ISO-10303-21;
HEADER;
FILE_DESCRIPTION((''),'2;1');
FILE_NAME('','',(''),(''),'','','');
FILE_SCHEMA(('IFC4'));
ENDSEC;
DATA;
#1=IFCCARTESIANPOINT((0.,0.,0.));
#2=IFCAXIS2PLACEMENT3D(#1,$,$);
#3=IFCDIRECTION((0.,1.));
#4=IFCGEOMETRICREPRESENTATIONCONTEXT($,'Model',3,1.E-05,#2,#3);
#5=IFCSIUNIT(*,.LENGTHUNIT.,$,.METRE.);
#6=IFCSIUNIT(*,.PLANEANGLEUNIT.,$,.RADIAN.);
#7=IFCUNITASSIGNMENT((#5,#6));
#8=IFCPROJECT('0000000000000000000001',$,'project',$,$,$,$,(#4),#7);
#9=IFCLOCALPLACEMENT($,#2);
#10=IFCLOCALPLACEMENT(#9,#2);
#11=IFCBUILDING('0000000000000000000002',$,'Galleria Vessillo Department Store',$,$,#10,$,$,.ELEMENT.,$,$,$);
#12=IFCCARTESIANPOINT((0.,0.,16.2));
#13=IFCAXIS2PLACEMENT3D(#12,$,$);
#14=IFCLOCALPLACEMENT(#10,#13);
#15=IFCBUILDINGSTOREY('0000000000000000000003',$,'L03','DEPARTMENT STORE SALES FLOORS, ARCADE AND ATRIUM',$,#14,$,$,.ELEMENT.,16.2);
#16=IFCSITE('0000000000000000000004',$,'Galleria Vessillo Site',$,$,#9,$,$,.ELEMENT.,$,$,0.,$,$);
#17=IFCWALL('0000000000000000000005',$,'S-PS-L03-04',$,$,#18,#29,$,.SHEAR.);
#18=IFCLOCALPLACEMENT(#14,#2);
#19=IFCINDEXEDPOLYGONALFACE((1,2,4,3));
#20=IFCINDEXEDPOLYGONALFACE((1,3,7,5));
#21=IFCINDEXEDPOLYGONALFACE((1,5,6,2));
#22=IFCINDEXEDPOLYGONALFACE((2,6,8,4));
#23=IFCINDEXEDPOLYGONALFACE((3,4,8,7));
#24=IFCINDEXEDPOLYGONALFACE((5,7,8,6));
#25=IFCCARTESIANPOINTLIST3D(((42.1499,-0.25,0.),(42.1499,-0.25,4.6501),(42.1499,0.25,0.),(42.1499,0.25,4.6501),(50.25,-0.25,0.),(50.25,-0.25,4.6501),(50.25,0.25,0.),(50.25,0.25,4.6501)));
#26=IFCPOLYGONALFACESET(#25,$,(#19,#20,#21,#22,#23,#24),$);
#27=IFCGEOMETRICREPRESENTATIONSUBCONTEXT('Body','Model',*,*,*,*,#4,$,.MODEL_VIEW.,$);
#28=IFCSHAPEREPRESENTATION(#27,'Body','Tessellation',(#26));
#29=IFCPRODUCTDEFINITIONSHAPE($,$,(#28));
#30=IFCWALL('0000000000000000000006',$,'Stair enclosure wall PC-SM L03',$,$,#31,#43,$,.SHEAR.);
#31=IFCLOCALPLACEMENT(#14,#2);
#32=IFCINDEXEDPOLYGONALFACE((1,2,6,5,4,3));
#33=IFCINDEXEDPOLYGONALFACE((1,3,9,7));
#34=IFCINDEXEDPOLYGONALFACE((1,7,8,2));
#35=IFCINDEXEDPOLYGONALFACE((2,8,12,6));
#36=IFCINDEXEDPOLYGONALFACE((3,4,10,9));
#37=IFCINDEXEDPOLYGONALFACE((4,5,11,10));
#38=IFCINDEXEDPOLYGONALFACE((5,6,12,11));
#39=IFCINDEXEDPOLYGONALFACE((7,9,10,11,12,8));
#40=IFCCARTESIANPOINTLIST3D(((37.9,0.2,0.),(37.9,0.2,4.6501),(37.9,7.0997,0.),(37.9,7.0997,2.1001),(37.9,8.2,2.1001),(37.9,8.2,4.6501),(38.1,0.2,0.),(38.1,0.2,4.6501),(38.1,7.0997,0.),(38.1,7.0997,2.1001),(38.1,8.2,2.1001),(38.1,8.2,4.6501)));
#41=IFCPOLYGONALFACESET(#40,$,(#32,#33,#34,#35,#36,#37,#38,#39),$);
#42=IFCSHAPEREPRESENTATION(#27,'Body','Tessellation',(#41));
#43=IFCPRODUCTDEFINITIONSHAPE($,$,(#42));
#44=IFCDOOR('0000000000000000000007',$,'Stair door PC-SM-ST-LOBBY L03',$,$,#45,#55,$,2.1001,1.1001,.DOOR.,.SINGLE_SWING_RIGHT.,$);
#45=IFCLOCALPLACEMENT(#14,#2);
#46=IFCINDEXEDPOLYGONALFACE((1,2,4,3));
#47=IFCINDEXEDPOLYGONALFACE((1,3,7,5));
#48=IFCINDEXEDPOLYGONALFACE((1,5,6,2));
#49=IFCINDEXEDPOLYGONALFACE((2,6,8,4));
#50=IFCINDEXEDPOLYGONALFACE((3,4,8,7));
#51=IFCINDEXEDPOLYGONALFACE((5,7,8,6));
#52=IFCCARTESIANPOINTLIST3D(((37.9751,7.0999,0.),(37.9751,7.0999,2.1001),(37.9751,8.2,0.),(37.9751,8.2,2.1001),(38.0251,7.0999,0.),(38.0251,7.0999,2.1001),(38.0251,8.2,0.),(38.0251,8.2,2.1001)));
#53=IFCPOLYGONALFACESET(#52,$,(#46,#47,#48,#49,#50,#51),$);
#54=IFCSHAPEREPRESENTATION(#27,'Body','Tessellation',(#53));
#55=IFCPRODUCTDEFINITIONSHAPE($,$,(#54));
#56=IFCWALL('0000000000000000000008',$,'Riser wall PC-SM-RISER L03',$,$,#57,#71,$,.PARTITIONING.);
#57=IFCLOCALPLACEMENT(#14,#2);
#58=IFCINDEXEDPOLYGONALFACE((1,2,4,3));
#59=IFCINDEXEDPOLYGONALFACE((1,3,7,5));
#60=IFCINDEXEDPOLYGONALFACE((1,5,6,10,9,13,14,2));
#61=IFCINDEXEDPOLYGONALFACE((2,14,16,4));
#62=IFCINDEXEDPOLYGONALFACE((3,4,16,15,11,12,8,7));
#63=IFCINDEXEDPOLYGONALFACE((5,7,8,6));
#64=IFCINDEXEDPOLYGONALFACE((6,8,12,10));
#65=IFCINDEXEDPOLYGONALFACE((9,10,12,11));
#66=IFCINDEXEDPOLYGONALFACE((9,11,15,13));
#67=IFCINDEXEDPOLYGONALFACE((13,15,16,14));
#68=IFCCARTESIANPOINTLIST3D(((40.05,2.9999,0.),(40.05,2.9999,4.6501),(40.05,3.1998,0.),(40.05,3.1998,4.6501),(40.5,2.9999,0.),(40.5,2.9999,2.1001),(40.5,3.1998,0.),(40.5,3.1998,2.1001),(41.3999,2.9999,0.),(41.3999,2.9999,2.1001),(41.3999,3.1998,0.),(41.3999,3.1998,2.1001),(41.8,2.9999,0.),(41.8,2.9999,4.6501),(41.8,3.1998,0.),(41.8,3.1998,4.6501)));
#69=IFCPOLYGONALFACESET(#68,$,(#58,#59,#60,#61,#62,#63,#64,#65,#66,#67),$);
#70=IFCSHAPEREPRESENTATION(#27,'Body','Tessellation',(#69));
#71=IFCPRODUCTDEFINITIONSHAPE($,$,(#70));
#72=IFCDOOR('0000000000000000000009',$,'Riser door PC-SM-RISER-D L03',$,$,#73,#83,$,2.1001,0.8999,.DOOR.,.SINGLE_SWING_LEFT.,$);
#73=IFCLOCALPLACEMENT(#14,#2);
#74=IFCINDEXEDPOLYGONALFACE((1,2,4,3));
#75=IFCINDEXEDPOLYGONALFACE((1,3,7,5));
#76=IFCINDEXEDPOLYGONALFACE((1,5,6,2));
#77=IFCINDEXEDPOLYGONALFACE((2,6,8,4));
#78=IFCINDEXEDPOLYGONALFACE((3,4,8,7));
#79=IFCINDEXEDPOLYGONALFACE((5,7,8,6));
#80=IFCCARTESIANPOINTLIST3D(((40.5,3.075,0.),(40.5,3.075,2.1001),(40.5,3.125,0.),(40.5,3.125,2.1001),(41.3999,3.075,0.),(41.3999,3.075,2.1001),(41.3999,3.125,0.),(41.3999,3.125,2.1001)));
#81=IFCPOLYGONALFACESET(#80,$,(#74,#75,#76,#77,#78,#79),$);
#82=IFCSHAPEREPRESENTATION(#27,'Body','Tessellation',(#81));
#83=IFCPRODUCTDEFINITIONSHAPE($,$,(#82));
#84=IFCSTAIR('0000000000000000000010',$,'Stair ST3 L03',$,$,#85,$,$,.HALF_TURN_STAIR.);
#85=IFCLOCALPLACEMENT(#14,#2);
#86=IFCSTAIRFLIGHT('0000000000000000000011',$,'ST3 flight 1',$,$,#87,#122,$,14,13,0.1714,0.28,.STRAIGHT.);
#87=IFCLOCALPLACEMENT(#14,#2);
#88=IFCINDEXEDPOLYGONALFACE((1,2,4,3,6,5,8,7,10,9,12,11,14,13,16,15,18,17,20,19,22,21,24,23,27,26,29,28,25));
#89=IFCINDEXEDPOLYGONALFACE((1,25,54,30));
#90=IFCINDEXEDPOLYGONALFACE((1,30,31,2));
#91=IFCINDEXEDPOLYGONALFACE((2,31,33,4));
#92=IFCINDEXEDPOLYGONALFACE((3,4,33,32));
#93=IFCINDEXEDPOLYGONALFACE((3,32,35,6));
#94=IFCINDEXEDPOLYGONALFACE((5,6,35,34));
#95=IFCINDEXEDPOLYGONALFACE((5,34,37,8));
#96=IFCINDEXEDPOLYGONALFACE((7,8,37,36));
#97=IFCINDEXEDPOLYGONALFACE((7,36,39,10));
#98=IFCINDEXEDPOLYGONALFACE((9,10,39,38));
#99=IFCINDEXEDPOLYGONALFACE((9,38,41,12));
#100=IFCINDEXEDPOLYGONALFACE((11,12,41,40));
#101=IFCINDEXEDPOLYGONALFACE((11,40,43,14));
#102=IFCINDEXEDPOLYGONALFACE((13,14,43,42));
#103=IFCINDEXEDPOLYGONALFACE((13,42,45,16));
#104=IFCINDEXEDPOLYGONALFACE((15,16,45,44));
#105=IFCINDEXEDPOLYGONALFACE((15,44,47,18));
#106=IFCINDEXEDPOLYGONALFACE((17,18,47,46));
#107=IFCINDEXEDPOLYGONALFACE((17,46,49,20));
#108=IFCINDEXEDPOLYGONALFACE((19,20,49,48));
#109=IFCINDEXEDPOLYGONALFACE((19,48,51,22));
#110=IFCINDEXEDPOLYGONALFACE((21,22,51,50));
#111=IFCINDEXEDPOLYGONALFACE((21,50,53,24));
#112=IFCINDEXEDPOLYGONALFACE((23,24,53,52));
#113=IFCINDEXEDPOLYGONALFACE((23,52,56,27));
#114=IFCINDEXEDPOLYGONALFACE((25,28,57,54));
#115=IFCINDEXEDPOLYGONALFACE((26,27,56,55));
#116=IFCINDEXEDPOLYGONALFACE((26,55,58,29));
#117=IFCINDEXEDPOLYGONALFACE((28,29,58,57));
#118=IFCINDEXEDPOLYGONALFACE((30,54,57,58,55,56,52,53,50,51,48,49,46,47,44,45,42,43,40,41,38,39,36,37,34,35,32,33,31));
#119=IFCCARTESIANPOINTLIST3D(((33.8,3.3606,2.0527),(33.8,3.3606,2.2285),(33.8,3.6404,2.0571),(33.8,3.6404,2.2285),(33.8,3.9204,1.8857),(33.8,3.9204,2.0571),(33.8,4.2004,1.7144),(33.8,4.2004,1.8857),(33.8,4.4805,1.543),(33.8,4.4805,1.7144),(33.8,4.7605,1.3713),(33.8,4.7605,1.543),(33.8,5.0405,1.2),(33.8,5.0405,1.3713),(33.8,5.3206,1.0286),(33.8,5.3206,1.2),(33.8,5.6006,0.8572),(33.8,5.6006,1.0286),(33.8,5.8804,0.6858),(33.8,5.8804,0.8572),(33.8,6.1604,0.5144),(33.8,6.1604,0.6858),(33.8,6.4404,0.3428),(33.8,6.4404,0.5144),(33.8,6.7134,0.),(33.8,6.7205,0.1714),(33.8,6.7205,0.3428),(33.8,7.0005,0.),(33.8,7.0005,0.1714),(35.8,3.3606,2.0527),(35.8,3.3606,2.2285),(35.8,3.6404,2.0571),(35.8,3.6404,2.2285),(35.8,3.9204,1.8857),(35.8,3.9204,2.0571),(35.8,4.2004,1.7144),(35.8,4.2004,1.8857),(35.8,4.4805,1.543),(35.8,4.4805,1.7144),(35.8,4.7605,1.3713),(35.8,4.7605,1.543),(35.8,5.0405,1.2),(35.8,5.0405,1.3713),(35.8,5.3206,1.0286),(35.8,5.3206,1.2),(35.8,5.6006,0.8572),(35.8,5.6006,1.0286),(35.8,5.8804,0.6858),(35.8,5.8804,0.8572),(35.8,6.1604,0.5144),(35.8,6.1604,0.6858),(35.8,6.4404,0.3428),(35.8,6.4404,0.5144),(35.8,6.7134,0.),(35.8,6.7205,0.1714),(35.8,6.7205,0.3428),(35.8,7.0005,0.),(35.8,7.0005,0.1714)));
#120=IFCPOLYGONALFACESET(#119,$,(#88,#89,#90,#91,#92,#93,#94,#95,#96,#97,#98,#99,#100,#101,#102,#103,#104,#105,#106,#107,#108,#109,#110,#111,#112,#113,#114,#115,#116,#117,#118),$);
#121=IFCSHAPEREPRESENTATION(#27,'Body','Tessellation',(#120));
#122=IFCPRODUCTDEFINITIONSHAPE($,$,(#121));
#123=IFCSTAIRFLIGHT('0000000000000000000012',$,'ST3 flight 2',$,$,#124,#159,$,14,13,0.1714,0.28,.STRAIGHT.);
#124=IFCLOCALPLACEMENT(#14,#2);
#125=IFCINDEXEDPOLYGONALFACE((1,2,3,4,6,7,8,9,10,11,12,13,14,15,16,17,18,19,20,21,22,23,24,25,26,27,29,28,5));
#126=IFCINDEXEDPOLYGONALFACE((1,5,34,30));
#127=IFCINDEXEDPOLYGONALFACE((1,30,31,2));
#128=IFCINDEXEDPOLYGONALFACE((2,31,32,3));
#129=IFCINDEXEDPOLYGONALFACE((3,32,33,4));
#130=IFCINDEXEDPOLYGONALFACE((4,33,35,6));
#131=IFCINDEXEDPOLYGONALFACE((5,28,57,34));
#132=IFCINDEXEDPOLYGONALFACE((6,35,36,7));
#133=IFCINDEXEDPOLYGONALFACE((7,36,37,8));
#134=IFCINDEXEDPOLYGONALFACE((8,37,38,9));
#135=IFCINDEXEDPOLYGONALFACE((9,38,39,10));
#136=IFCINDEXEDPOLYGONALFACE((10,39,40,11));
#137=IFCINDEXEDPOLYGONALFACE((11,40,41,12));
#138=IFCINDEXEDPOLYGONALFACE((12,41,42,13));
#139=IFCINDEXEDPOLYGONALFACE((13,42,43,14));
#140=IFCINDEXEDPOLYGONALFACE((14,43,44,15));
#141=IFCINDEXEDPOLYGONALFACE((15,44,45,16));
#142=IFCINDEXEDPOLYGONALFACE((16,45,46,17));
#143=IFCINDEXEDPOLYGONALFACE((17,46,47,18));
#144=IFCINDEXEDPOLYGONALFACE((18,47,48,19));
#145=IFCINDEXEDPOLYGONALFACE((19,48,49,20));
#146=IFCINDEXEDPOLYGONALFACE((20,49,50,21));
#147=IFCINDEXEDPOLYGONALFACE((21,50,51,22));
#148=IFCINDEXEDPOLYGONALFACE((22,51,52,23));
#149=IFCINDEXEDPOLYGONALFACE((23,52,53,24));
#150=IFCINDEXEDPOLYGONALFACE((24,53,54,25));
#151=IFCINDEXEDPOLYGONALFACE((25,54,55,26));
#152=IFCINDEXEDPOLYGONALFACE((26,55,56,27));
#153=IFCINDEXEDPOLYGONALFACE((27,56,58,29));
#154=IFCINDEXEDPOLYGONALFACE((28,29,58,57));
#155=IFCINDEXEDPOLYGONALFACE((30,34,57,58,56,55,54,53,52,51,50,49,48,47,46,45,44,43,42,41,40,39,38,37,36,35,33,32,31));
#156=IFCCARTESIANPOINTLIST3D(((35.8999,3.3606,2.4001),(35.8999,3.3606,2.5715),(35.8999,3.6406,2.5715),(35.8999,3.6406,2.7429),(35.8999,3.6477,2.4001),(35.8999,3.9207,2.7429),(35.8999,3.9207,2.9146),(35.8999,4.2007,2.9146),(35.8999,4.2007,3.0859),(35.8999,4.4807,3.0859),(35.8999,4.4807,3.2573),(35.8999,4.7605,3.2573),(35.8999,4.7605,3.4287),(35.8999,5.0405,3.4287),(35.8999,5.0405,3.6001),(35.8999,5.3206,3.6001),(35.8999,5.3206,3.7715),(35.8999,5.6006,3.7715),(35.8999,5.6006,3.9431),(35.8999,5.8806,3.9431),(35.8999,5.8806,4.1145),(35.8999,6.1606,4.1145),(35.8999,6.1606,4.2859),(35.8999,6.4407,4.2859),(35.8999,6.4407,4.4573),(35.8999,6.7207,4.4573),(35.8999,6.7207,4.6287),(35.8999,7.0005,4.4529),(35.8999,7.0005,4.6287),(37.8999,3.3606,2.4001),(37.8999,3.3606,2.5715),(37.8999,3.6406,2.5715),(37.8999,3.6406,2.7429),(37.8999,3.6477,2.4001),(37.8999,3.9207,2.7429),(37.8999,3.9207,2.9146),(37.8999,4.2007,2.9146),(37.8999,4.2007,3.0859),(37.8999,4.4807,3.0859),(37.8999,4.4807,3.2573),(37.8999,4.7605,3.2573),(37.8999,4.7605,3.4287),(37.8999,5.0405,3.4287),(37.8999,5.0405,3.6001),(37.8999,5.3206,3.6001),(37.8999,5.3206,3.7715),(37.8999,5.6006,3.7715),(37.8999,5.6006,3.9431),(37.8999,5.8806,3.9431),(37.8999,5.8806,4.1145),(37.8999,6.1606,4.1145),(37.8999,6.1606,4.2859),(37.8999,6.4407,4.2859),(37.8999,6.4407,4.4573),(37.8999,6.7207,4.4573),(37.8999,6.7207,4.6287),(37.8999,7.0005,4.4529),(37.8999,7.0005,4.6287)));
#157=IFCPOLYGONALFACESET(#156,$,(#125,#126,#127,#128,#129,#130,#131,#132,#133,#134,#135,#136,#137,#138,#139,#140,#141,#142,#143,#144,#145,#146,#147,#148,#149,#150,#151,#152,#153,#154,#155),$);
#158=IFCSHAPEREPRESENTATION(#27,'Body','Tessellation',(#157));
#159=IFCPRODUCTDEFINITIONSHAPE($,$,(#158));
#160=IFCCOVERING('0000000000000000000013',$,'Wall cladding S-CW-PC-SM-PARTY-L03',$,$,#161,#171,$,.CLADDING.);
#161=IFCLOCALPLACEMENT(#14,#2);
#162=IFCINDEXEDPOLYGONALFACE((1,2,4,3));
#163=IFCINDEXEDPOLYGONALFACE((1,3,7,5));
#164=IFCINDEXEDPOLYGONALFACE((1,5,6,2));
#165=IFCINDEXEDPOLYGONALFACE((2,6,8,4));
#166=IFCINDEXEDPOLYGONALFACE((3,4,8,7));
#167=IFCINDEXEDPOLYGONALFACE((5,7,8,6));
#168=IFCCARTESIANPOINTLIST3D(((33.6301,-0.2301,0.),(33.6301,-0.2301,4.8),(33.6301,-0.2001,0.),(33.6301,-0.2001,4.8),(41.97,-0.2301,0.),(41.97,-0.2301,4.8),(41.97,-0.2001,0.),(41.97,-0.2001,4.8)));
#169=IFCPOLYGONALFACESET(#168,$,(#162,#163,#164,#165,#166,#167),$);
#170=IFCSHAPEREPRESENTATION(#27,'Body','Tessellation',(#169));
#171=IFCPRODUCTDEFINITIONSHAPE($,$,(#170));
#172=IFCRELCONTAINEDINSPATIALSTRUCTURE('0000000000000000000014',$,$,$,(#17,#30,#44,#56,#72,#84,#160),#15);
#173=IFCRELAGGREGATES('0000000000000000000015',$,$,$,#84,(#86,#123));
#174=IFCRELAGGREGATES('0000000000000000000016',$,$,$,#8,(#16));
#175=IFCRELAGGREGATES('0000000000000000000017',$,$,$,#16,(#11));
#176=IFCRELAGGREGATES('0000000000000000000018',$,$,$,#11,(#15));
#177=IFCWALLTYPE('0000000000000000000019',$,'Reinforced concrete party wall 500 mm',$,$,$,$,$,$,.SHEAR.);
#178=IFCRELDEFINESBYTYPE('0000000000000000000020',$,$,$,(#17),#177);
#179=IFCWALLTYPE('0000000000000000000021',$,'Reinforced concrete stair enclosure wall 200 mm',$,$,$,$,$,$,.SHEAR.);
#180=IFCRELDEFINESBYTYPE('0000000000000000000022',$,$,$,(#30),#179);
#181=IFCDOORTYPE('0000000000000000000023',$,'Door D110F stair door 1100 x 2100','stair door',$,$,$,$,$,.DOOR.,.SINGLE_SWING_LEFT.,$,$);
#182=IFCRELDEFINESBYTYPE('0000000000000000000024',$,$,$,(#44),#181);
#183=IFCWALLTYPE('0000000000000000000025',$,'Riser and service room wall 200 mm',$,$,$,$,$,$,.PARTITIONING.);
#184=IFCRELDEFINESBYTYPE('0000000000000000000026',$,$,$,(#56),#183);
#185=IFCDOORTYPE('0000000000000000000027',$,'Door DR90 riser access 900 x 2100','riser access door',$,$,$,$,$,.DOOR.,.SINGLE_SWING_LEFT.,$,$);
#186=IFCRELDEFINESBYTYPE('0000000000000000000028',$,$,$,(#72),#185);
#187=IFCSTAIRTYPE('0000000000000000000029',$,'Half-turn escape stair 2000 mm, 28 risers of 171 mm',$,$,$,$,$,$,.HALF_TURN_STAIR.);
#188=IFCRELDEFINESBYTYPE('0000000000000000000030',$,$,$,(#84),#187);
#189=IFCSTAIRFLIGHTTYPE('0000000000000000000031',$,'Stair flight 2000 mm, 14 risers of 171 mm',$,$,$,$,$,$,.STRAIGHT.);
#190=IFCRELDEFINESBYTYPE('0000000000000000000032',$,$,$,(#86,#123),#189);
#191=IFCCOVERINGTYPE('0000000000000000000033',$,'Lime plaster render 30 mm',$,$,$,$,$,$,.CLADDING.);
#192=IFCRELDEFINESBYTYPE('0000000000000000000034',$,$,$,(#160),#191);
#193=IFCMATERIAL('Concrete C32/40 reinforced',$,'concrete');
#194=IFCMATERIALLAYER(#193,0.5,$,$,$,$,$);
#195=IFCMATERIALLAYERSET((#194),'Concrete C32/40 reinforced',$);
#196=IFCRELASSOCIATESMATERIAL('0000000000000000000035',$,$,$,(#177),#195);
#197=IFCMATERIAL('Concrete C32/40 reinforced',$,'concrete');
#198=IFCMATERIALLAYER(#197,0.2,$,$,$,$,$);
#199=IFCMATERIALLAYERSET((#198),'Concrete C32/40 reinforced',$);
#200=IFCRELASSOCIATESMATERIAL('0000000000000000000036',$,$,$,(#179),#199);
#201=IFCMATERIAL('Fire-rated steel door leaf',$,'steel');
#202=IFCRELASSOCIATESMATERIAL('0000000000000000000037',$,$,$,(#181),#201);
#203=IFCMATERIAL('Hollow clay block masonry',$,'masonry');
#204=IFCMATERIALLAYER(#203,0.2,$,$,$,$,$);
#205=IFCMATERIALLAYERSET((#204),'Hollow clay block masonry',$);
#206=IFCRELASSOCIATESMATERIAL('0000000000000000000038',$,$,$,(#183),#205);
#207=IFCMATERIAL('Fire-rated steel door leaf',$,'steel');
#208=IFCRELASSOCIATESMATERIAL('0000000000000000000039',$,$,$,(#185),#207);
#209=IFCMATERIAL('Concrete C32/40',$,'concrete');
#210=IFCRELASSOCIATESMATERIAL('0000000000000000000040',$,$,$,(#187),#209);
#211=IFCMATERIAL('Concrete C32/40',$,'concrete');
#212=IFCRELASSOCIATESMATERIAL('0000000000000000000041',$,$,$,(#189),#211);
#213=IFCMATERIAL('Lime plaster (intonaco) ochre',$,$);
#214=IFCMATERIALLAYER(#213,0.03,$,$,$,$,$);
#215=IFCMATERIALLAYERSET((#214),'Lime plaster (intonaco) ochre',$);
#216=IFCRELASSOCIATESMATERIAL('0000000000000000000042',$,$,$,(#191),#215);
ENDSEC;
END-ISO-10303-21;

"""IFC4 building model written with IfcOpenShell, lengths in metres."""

from ifc_helpers import new_model, si_unit, direction, frame, frame_2d, origin, origin_2d, place, context, subcontext, project, spatial, polyline, rectangle, outline, extrude, material, layer, layer_set, type_object, element, fill, aggregate, save


model = new_model("IFC4")

# Units and contexts
model_context = context("Model", 3, precision=1e-05, world=origin(), true_north=direction((0.0, 1.0)))
body_context = subcontext(model_context, "Body", "Model", "MODEL_VIEW")
ifc_project = project(units=[si_unit("LENGTHUNIT", "METRE"), si_unit("PLANEANGLEUNIT", "RADIAN")], contexts=[model_context])

# Site, building, storey
site_placement = place(None, origin())
site = spatial("IfcSite", under=ifc_project, at=site_placement, Name="Galleria Vessillo Site", CompositionType="ELEMENT", RefElevation=0.0)
building_placement = place(site_placement, origin())
building = spatial("IfcBuilding", under=site, at=building_placement, Name="Galleria Vessillo Department Store", CompositionType="ELEMENT")
storey_placement = place(building_placement, frame((0.0, 0.0, 16.2)))
storey = spatial("IfcBuildingStorey", under=building, at=storey_placement, Name="L03", Description="DEPARTMENT STORE SALES FLOORS, ARCADE AND ATRIUM", CompositionType="ELEMENT", Elevation=16.2)

# Wall
ifc_material_1 = material(Name="Concrete C32/40 reinforced", Category="concrete")
ifc_layer_1 = layer(ifc_material_1, 0.5)
ifc_layer_set_1 = layer_set([ifc_layer_1], Name="Concrete C32/40 reinforced")
wall_type_1 = type_object("IfcWallType", Name="Reinforced concrete party wall 500 mm", PredefinedType="SHEAR", material=ifc_layer_set_1)
wall_1_placement = place(storey_placement, frame((42.1499, 0.0, 0.0), z_axis=(0.0, 0.0, 1.0), x_axis=(1.0, 0.0, 0.0)))
element("IfcWall", 1, at=wall_1_placement, inside=storey, type_object=wall_type_1, Name="S-PS-L03-04", PredefinedType="SHEAR", context=body_context, shape_type="SweptSolid", body=[
    extrude(rectangle(XDim=8.1001, YDim=0.5, at=frame_2d((4.05, 0.0))), origin(), (0.0, 0.0, 1.0), 4.6501),
])

# Walls, openings, doors
ifc_material_2 = material(Name="Concrete C32/40 reinforced", Category="concrete")
ifc_layer_2 = layer(ifc_material_2, 0.2)
ifc_layer_set_2 = layer_set([ifc_layer_2], Name="Concrete C32/40 reinforced")
wall_type_2 = type_object("IfcWallType", Name="Reinforced concrete stair enclosure wall 200 mm", PredefinedType="SHEAR", material=ifc_layer_set_2)
wall_2_placement = place(storey_placement, frame((38.0, 0.2, 0.0), z_axis=(0.0, 0.0, 1.0), x_axis=(0.0, 1.0, 0.0)))
wall_2 = element("IfcWall", 2, at=wall_2_placement, inside=storey, type_object=wall_type_2, Name="Stair enclosure wall PC-SM L03", PredefinedType="SHEAR", context=body_context, shape_type="SweptSolid", body=[
    extrude(rectangle(XDim=8.0, YDim=0.2, at=frame_2d((4.0, 0.0))), origin(), (0.0, 0.0, 1.0), 4.6501),
])
opening_1_placement = place(wall_2_placement, frame((6.8999, 0.0, 0.0)))
opening_1 = element("IfcOpeningElement", 3, at=opening_1_placement, cuts=wall_2, PredefinedType="OPENING", context=body_context, shape_type="SweptSolid", body=[
    extrude(rectangle(XDim=1.1101, YDim=2.1001, at=frame_2d((0.5549, 1.05))), frame((0.0, 0.1099, 0.0), z_axis=(0.0, -1.0, 0.0), x_axis=(1.0, 0.0, 0.0)), (0.0, 0.0, 1.0), 0.22),
])
ifc_material_3 = material(Name="Fire-rated steel door leaf", Category="steel")
door_type_1 = type_object("IfcDoorType", Name="Door D110F stair door 1100 x 2100", Description="stair door", OperationType="SINGLE_SWING_LEFT", PredefinedType="DOOR", material=ifc_material_3)
door_1_placement = place(opening_1_placement, origin())
door_1 = element("IfcDoor", 4, at=door_1_placement, inside=storey, type_object=door_type_1, Name="Stair door PC-SM-ST-LOBBY L03", OperationType="SINGLE_SWING_RIGHT", OverallHeight=2.1001, OverallWidth=1.1001, PredefinedType="DOOR", context=body_context, shape_type="SweptSolid", body=[
    extrude(rectangle(XDim=1.1001, YDim=2.1001, at=frame_2d((0.55, 1.05))), frame((0.0, 0.0249, 0.0), z_axis=(0.0, -1.0, 0.0), x_axis=(1.0, 0.0, 0.0)), (0.0, 0.0, 1.0), 0.05),
])
fill(opening_1, door_1)
ifc_material_4 = material(Name="Hollow clay block masonry", Category="masonry")
ifc_layer_3 = layer(ifc_material_4, 0.2)
ifc_layer_set_3 = layer_set([ifc_layer_3], Name="Hollow clay block masonry")
wall_type_3 = type_object("IfcWallType", Name="Riser and service room wall 200 mm", PredefinedType="PARTITIONING", material=ifc_layer_set_3)
wall_3_placement = place(storey_placement, frame((40.05, 3.0999, 0.0), z_axis=(0.0, 0.0, 1.0), x_axis=(1.0, 0.0, 0.0)))
wall_3 = element("IfcWall", 5, at=wall_3_placement, inside=storey, type_object=wall_type_3, Name="Riser wall PC-SM-RISER L03", PredefinedType="PARTITIONING", context=body_context, shape_type="SweptSolid", body=[
    extrude(rectangle(XDim=1.75, YDim=0.2, at=frame_2d((0.875, 0.0))), origin(), (0.0, 0.0, 1.0), 4.6501),
])
opening_2_placement = place(wall_3_placement, frame((0.45, 0.0, 0.0)))
opening_2 = element("IfcOpeningElement", 6, at=opening_2_placement, cuts=wall_3, PredefinedType="OPENING", context=body_context, shape_type="SweptSolid", body=[
    extrude(rectangle(XDim=0.8999, YDim=2.1001, at=frame_2d((0.45, 1.05))), frame((0.0, 0.1099, 0.0), z_axis=(0.0, -1.0, 0.0), x_axis=(1.0, 0.0, 0.0)), (0.0, 0.0, 1.0), 0.22),
])
ifc_material_5 = material(Name="Fire-rated steel door leaf", Category="steel")
door_type_2 = type_object("IfcDoorType", Name="Door DR90 riser access 900 x 2100", Description="riser access door", OperationType="SINGLE_SWING_LEFT", PredefinedType="DOOR", material=ifc_material_5)
door_2_placement = place(opening_2_placement, frame((0.8999, 0.0, 0.0), z_axis=(0.0, 0.0, 1.0), x_axis=(-1.0, 0.0, 0.0)))
door_2 = element("IfcDoor", 7, at=door_2_placement, inside=storey, type_object=door_type_2, Name="Riser door PC-SM-RISER-D L03", OperationType="SINGLE_SWING_LEFT", OverallHeight=2.1001, OverallWidth=0.8999, PredefinedType="DOOR", context=body_context, shape_type="SweptSolid", body=[
    extrude(rectangle(XDim=0.8999, YDim=2.1001, at=frame_2d((0.45, 1.05))), frame((0.0, 0.0249, 0.0), z_axis=(0.0, -1.0, 0.0), x_axis=(1.0, 0.0, 0.0)), (0.0, 0.0, 1.0), 0.05),
])
fill(opening_2, door_2)

# Stair, stair flights
ifc_material_6 = material(Name="Concrete C32/40", Category="concrete")
stair_type = type_object("IfcStairType", Name="Half-turn escape stair 2000 mm, 28 risers of 171 mm", PredefinedType="HALF_TURN_STAIR", material=ifc_material_6)
stair_placement = place(storey_placement, origin())
stair = element("IfcStair", 8, at=stair_placement, inside=storey, type_object=stair_type, Name="Stair ST3 L03", PredefinedType="HALF_TURN_STAIR")
ifc_material_7 = material(Name="Concrete C32/40", Category="concrete")
stair_flight_type = type_object("IfcStairFlightType", Name="Stair flight 2000 mm, 14 risers of 171 mm", PredefinedType="STRAIGHT", material=ifc_material_7)
stair_flight_1_placement = place(storey_placement, frame((34.8, 7.0005, 0.0), z_axis=(0.0, 0.0, 1.0), x_axis=(0.0, -1.0, 0.0)))
stair_flight_1 = element("IfcStairFlight", 9, at=stair_flight_1_placement, type_object=stair_flight_type, Name="ST3 flight 1", NumberOfRisers=14, NumberOfTreads=13, PredefinedType="STRAIGHT", RiserHeight=0.1714, TreadLength=0.28, context=body_context, shape_type="SweptSolid", body=[
    extrude(outline(polyline([(0.0, 0.0), (0.0, 0.1714), (0.28, 0.1714), (0.28, 0.3428), (0.5601, 0.3428), (0.5601, 0.5144), (0.8401, 0.5144), (0.8401, 0.6858), (1.1201, 0.6858), (1.1201, 0.8572), (1.3999, 0.8572), (1.3999, 1.0286), (1.6799, 1.0286), (1.6799, 1.2), (1.96, 1.2), (1.96, 1.3713), (2.24, 1.3713), (2.24, 1.543), (2.52, 1.543), (2.52, 1.7144), (2.8, 1.7144), (2.8, 1.8857), (3.0801, 1.8857), (3.0801, 2.0571), (3.3601, 2.0571), (3.3601, 2.2285), (3.6399, 2.2285), (3.6399, 2.3999), (3.6399, 2.0527), (0.2871, 0.0), (0.0, 0.0)])), frame((0.0, 1.0, 0.0), z_axis=(0.0, -1.0, 0.0), x_axis=(1.0, 0.0, 0.0)), (0.0, 0.0, 1.0), 2.0),
])
stair_flight_2_placement = place(storey_placement, frame((36.8999, 3.3606, 2.4001), z_axis=(0.0, 0.0, 1.0), x_axis=(0.0, 1.0, 0.0)))
stair_flight_2 = element("IfcStairFlight", 10, at=stair_flight_2_placement, type_object=stair_flight_type, Name="ST3 flight 2", NumberOfRisers=14, NumberOfTreads=13, PredefinedType="STRAIGHT", RiserHeight=0.1714, TreadLength=0.28, context=body_context, shape_type="SweptSolid", body=[
    extrude(outline(polyline([(0.0, 0.0), (0.0, 0.1714), (0.28, 0.1714), (0.28, 0.3428), (0.5601, 0.3428), (0.5601, 0.5144), (0.8401, 0.5144), (0.8401, 0.6858), (1.1201, 0.6858), (1.1201, 0.8572), (1.3999, 0.8572), (1.3999, 1.0286), (1.6799, 1.0286), (1.6799, 1.2), (1.96, 1.2), (1.96, 1.3713), (2.24, 1.3713), (2.24, 1.543), (2.52, 1.543), (2.52, 1.7144), (2.8, 1.7144), (2.8, 1.8857), (3.0801, 1.8857), (3.0801, 2.0571), (3.3601, 2.0571), (3.3601, 2.2285), (3.6399, 2.2285), (3.6399, 2.3999), (3.6399, 2.0527), (0.2871, 0.0), (0.0, 0.0)])), frame((0.0, 1.0, 0.0), z_axis=(0.0, -1.0, 0.0), x_axis=(1.0, 0.0, 0.0)), (0.0, 0.0, 1.0), 2.0),
])
aggregate(stair, [stair_flight_1, stair_flight_2])

# Covering
ifc_material_8 = material(Name="Lime plaster (intonaco) ochre")
ifc_layer_4 = layer(ifc_material_8, 0.03)
ifc_layer_set_4 = layer_set([ifc_layer_4], Name="Lime plaster (intonaco) ochre")
covering_type = type_object("IfcCoveringType", Name="Lime plaster render 30 mm", PredefinedType="CLADDING", material=ifc_layer_set_4)
covering_placement = place(storey_placement, frame((37.8, -0.2151, 0.0), z_axis=(0.0, 0.0, 1.0), x_axis=(1.0, 0.0, 0.0)))
element("IfcCovering", 11, at=covering_placement, inside=storey, type_object=covering_type, Name="Wall cladding S-CW-PC-SM-PARTY-L03", PredefinedType="CLADDING", context=body_context, shape_type="SweptSolid", body=[
    extrude(rectangle(XDim=8.3398, YDim=0.03, at=origin_2d()), origin(), (0.0, 0.0, 1.0), 4.8),
])

save(model, "model.ifc")
